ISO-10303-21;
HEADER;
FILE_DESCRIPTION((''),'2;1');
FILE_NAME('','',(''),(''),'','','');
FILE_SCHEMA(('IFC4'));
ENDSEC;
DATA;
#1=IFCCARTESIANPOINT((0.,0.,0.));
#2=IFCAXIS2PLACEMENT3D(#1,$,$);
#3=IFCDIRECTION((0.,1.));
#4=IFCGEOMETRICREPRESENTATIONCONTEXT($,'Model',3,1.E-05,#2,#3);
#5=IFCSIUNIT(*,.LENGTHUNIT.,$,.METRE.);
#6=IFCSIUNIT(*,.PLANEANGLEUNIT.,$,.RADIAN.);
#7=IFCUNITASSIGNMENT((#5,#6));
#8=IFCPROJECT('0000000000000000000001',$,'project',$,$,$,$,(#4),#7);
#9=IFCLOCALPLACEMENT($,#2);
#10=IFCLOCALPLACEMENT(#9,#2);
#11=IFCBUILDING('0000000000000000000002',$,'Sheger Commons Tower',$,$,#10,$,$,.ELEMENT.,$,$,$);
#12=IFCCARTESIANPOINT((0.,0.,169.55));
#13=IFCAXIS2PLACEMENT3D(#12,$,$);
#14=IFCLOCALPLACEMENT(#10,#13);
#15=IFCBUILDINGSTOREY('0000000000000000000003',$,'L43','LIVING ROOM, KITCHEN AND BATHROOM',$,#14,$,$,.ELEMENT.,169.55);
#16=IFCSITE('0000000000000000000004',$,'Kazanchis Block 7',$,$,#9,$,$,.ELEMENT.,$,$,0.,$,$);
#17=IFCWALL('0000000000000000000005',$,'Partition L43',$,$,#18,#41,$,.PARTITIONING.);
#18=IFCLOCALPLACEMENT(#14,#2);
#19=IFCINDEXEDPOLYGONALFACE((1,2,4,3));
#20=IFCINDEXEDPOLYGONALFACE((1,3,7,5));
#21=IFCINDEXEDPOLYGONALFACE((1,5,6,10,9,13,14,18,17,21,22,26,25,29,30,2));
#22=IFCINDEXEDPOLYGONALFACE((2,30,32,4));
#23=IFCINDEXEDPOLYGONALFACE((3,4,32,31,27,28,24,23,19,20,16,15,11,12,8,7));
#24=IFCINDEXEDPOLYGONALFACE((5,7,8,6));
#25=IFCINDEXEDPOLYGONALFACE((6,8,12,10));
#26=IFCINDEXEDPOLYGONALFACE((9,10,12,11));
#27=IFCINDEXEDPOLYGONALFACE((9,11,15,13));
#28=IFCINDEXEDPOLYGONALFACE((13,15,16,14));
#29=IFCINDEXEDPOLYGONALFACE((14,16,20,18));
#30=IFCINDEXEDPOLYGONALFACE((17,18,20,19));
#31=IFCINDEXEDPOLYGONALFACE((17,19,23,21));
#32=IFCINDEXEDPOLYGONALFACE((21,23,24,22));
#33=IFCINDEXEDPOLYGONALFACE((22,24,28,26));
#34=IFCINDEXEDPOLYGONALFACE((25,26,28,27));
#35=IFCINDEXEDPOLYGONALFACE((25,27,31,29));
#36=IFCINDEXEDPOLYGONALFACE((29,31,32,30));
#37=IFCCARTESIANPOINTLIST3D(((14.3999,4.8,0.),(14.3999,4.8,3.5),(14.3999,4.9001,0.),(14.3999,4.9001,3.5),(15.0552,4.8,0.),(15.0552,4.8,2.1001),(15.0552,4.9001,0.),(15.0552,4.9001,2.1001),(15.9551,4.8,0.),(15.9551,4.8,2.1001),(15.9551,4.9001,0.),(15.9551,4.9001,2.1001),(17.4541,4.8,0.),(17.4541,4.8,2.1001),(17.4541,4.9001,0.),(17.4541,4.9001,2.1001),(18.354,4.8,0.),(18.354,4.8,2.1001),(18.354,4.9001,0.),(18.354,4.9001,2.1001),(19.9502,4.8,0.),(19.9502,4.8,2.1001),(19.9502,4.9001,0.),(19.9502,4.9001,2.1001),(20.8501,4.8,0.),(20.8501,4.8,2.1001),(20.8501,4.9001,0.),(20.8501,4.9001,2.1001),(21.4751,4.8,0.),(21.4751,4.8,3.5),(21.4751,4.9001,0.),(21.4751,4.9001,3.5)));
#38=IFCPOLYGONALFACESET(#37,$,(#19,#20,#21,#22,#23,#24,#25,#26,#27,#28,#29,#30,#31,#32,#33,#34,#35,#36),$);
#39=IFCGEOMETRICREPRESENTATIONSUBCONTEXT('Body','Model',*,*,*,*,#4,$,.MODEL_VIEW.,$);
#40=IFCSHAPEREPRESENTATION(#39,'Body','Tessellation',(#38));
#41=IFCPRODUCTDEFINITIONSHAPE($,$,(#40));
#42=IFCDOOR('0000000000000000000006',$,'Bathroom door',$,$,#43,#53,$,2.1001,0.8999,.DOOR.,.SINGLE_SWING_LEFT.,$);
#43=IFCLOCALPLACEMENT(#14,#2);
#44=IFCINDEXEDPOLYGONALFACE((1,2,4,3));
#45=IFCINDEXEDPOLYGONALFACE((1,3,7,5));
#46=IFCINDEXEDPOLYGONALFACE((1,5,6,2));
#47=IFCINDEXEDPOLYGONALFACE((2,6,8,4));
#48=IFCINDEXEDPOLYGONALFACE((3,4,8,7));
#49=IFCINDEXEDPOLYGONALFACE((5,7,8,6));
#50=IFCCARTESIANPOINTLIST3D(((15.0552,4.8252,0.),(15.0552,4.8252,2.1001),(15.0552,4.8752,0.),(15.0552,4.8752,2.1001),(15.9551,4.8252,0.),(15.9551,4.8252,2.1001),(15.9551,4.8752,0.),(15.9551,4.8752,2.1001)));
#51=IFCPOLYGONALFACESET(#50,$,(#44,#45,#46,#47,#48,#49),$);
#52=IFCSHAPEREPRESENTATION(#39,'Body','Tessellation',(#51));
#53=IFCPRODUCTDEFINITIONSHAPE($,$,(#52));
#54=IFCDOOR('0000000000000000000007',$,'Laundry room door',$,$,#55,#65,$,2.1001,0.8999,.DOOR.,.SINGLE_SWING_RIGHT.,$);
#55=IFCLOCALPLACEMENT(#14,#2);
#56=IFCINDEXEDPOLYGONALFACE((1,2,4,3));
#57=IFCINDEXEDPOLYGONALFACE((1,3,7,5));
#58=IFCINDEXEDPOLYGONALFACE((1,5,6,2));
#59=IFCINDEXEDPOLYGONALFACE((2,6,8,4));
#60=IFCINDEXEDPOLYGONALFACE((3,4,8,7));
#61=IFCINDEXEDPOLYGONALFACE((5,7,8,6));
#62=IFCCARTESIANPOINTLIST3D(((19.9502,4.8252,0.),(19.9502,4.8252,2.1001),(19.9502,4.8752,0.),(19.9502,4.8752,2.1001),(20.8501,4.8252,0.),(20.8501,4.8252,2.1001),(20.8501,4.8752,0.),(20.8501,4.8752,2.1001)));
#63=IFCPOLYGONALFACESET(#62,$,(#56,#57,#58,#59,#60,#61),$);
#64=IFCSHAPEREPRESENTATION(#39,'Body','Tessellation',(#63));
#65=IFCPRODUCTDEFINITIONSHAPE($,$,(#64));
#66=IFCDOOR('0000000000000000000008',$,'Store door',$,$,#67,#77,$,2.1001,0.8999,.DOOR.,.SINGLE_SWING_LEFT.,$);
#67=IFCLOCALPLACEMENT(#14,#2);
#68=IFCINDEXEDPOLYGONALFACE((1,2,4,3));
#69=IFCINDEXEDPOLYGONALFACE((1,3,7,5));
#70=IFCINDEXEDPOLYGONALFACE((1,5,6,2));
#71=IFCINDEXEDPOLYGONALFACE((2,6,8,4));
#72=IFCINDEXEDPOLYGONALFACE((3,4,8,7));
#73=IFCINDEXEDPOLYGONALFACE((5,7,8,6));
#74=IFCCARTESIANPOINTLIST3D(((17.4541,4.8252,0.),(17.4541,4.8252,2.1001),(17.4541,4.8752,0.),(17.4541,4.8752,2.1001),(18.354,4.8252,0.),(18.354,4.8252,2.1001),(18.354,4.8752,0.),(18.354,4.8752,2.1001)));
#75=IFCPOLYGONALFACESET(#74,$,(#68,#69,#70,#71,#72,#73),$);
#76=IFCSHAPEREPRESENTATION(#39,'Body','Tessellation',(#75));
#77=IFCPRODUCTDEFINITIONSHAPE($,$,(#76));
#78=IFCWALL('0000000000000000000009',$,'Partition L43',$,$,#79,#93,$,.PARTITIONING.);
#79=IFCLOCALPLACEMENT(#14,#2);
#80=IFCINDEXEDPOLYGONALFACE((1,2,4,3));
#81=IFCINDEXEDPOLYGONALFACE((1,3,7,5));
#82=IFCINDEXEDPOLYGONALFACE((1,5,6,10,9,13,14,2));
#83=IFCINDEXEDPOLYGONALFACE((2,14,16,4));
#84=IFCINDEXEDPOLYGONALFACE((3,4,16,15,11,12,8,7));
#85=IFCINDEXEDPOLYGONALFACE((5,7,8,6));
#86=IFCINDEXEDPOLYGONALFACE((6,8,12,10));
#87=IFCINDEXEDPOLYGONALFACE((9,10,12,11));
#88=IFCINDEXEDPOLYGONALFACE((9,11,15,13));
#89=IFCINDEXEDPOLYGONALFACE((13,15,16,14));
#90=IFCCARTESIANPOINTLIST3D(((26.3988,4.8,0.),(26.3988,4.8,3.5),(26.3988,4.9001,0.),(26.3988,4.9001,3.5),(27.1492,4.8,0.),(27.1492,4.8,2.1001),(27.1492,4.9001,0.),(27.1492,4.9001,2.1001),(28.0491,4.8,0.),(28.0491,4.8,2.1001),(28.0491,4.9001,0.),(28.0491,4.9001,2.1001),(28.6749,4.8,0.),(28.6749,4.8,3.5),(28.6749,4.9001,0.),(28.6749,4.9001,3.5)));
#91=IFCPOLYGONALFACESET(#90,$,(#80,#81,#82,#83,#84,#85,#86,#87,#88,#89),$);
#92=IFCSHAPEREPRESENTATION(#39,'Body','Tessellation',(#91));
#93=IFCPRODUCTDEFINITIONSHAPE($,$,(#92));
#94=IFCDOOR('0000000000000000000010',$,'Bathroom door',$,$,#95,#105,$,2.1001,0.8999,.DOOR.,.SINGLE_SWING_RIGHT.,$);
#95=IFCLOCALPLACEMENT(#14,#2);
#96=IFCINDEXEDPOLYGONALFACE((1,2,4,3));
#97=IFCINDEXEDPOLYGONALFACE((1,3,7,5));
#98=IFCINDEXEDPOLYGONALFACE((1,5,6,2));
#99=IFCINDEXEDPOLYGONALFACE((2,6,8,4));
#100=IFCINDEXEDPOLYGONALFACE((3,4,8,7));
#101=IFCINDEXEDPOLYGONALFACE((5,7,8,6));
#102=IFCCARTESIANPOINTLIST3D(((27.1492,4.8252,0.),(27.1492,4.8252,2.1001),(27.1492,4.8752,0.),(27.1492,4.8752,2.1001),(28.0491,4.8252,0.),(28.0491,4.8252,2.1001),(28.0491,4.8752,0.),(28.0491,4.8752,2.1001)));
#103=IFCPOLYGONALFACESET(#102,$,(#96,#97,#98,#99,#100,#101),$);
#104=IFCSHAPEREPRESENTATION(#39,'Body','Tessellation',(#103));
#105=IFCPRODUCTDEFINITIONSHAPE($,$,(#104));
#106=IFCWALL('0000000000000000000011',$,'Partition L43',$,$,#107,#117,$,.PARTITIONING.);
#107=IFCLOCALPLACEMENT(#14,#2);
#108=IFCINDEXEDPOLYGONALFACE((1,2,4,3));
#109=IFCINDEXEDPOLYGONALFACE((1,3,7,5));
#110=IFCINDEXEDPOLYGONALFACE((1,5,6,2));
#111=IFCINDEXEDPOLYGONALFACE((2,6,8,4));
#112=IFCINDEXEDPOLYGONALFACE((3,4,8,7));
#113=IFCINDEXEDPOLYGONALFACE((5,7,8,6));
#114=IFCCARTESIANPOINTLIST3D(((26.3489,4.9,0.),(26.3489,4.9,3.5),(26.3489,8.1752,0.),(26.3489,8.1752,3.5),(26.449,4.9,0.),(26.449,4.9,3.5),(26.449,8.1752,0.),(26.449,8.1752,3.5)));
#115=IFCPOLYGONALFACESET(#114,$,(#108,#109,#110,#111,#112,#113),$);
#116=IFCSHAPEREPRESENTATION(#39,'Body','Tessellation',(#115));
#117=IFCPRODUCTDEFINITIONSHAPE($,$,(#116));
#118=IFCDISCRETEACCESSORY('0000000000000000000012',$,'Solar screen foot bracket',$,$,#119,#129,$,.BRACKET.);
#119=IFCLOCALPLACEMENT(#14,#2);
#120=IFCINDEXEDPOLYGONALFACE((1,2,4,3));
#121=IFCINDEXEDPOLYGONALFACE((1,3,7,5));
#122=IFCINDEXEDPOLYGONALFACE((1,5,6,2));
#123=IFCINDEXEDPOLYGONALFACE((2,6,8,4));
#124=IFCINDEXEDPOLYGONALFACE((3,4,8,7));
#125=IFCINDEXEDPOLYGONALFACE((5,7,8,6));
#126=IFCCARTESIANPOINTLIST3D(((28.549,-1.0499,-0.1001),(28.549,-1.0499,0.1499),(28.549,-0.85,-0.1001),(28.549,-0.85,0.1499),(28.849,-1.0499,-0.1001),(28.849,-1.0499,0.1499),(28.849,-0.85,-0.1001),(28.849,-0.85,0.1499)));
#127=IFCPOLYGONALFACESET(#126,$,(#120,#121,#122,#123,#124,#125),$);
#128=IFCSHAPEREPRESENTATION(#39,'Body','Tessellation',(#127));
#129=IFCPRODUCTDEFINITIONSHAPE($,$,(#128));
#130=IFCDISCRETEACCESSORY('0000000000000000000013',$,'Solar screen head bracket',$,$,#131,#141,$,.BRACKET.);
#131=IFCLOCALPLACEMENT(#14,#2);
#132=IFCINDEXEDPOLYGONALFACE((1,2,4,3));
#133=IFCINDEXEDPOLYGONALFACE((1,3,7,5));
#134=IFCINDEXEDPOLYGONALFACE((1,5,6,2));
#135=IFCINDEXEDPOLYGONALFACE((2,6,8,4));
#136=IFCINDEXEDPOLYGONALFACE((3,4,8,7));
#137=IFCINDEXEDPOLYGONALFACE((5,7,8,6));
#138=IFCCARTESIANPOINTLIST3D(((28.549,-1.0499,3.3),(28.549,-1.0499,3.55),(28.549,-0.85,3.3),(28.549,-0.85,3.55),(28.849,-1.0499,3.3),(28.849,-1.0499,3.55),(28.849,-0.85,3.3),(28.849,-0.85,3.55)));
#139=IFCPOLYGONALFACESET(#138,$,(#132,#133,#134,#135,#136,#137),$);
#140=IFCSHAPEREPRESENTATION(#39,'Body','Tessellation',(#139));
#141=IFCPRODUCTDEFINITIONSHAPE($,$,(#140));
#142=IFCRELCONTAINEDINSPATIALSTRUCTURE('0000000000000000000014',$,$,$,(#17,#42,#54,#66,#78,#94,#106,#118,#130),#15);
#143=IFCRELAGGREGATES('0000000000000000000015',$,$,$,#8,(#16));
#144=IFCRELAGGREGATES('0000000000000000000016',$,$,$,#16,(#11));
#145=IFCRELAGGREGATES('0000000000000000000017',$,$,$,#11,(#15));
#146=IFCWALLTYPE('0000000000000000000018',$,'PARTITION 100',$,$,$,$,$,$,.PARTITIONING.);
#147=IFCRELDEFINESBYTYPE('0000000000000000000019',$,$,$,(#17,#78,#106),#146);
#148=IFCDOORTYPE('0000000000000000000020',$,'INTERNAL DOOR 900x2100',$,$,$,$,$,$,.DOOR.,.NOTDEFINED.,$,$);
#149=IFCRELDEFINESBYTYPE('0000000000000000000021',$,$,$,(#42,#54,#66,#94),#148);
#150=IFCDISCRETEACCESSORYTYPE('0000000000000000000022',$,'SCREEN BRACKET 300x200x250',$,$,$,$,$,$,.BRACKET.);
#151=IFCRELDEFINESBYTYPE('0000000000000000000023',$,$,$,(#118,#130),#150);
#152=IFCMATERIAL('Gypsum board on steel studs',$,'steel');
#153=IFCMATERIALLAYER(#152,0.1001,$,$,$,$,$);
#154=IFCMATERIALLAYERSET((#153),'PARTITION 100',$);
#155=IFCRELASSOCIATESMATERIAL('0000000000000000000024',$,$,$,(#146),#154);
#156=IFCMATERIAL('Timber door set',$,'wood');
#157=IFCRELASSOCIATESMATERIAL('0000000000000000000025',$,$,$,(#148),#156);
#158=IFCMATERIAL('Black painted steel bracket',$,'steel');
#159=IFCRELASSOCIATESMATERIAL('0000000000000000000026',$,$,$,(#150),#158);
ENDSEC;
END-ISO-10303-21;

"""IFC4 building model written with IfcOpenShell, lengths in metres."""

from ifc_helpers import new_model, si_unit, direction, frame, frame_2d, origin, origin_2d, place, context, subcontext, project, spatial, rectangle, extrude, material, layer, layer_set, type_object, element, fill, save


model = new_model("IFC4")

# Units and contexts
model_context = context("Model", 3, precision=1e-05, world=origin(), true_north=direction((0.0, 1.0)))
body_context = subcontext(model_context, "Body", "Model", "MODEL_VIEW")
ifc_project = project(units=[si_unit("LENGTHUNIT", "METRE"), si_unit("PLANEANGLEUNIT", "RADIAN")], contexts=[model_context])

# Site, building, storey
site_placement = place(None, origin())
site = spatial("IfcSite", under=ifc_project, at=site_placement, Name="Kazanchis Block 7", CompositionType="ELEMENT", RefElevation=0.0)
building_placement = place(site_placement, origin())
building = spatial("IfcBuilding", under=site, at=building_placement, Name="Sheger Commons Tower", CompositionType="ELEMENT")
storey_placement = place(building_placement, frame((0.0, 0.0, 169.55)))
storey = spatial("IfcBuildingStorey", under=building, at=storey_placement, Name="L43", Description="LIVING ROOM, KITCHEN AND BATHROOM", CompositionType="ELEMENT", Elevation=169.55)

# Wall, openings, doors
ifc_material_1 = material(Name="Gypsum board on steel studs", Category="steel")
ifc_layer_1 = layer(ifc_material_1, 0.1001)
ifc_layer_set_1 = layer_set([ifc_layer_1], Name="PARTITION 100")
wall_type_1 = type_object("IfcWallType", Name="PARTITION 100", PredefinedType="PARTITIONING", material=ifc_layer_set_1)
ifc_material_2 = material(Name="Timber door set", Category="wood")
door_type = type_object("IfcDoorType", Name="INTERNAL DOOR 900x2100", OperationType="NOTDEFINED", PredefinedType="DOOR", material=ifc_material_2)
wall_1_placement = place(storey_placement, frame((21.4751, 4.8501, 0.0), z_axis=(0.0, 0.0, 1.0), x_axis=(-1.0, 0.0, 0.0)))
wall_1 = element("IfcWall", 1, at=wall_1_placement, inside=storey, type_object=wall_type_1, Name="Partition L43", PredefinedType="PARTITIONING", context=body_context, shape_type="SweptSolid", body=[
    extrude(rectangle(XDim=7.0752, YDim=0.1001, at=frame_2d((3.5376, 0.0))), origin(), (0.0, 0.0, 1.0), 3.5),
])
opening_1_placement = place(wall_1_placement, frame((5.52, 0.0, 0.0)))
opening_1 = element("IfcOpeningElement", 2, at=opening_1_placement, cuts=wall_1, PredefinedType="OPENING", context=body_context, shape_type="SweptSolid", body=[
    extrude(rectangle(XDim=0.8999, YDim=2.1001, at=frame_2d((0.45, 1.05))), frame((0.0, 0.0601, 0.0), z_axis=(0.0, -1.0, 0.0), x_axis=(1.0, 0.0, 0.0)), (0.0, 0.0, 1.0), 0.1201),
])
opening_2_placement = place(wall_1_placement, frame((0.625, 0.0, 0.0)))
opening_2 = element("IfcOpeningElement", 3, at=opening_2_placement, cuts=wall_1, PredefinedType="OPENING", context=body_context, shape_type="SweptSolid", body=[
    extrude(rectangle(XDim=0.8999, YDim=2.1001, at=frame_2d((0.45, 1.05))), frame((0.0, 0.0601, 0.0), z_axis=(0.0, -1.0, 0.0), x_axis=(1.0, 0.0, 0.0)), (0.0, 0.0, 1.0), 0.1201),
])
opening_3_placement = place(wall_1_placement, frame((3.1211, 0.0, 0.0)))
opening_3 = element("IfcOpeningElement", 4, at=opening_3_placement, cuts=wall_1, PredefinedType="OPENING", context=body_context, shape_type="SweptSolid", body=[
    extrude(rectangle(XDim=0.8999, YDim=2.1001, at=frame_2d((0.45, 1.05))), frame((0.0, 0.0601, 0.0), z_axis=(0.0, -1.0, 0.0), x_axis=(1.0, 0.0, 0.0)), (0.0, 0.0, 1.0), 0.1201),
])
door_1_placement = place(opening_1_placement, origin())
door_1 = element("IfcDoor", 5, at=door_1_placement, inside=storey, type_object=door_type, Name="Bathroom door", OperationType="SINGLE_SWING_LEFT", OverallHeight=2.1001, OverallWidth=0.8999, PredefinedType="DOOR", context=body_context, shape_type="SweptSolid", body=[
    extrude(rectangle(XDim=0.8999, YDim=2.1001, at=frame_2d((0.45, 1.05))), frame((0.0, 0.0249, 0.0), z_axis=(0.0, -1.0, 0.0), x_axis=(1.0, 0.0, 0.0)), (0.0, 0.0, 1.0), 0.05),
])
fill(opening_1, door_1)
door_2_placement = place(opening_2_placement, origin())
door_2 = element("IfcDoor", 6, at=door_2_placement, inside=storey, type_object=door_type, Name="Laundry room door", OperationType="SINGLE_SWING_RIGHT", OverallHeight=2.1001, OverallWidth=0.8999, PredefinedType="DOOR", context=body_context, shape_type="SweptSolid", body=[
    extrude(rectangle(XDim=0.8999, YDim=2.1001, at=frame_2d((0.45, 1.05))), frame((0.0, 0.0249, 0.0), z_axis=(0.0, -1.0, 0.0), x_axis=(1.0, 0.0, 0.0)), (0.0, 0.0, 1.0), 0.05),
])
fill(opening_2, door_2)
door_3_placement = place(opening_3_placement, origin())
door_3 = element("IfcDoor", 7, at=door_3_placement, inside=storey, type_object=door_type, Name="Store door", OperationType="SINGLE_SWING_LEFT", OverallHeight=2.1001, OverallWidth=0.8999, PredefinedType="DOOR", context=body_context, shape_type="SweptSolid", body=[
    extrude(rectangle(XDim=0.8999, YDim=2.1001, at=frame_2d((0.45, 1.05))), frame((0.0, 0.0249, 0.0), z_axis=(0.0, -1.0, 0.0), x_axis=(1.0, 0.0, 0.0)), (0.0, 0.0, 1.0), 0.05),
])
fill(opening_3, door_3)

# Wall, opening, door
wall_2_placement = place(storey_placement, frame((28.675, 4.8501, 0.0), z_axis=(0.0, 0.0, 1.0), x_axis=(-1.0, 0.0, 0.0)))
wall_2 = element("IfcWall", 8, at=wall_2_placement, inside=storey, type_object=wall_type_1, Name="Partition L43", PredefinedType="PARTITIONING", context=body_context, shape_type="SweptSolid", body=[
    extrude(rectangle(XDim=2.2761, YDim=0.1001, at=frame_2d((1.1382, 0.0))), origin(), (0.0, 0.0, 1.0), 3.5),
])
opening_4_placement = place(wall_2_placement, frame((0.626, 0.0, 0.0)))
opening_4 = element("IfcOpeningElement", 9, at=opening_4_placement, cuts=wall_2, PredefinedType="OPENING", context=body_context, shape_type="SweptSolid", body=[
    extrude(rectangle(XDim=0.8999, YDim=2.1001, at=frame_2d((0.45, 1.05))), frame((0.0, 0.0601, 0.0), z_axis=(0.0, -1.0, 0.0), x_axis=(1.0, 0.0, 0.0)), (0.0, 0.0, 1.0), 0.1201),
])
door_4_placement = place(opening_4_placement, origin())
door_4 = element("IfcDoor", 10, at=door_4_placement, inside=storey, type_object=door_type, Name="Bathroom door", OperationType="SINGLE_SWING_RIGHT", OverallHeight=2.1001, OverallWidth=0.8999, PredefinedType="DOOR", context=body_context, shape_type="SweptSolid", body=[
    extrude(rectangle(XDim=0.8999, YDim=2.1001, at=frame_2d((0.45, 1.05))), frame((0.0, 0.0249, 0.0), z_axis=(0.0, -1.0, 0.0), x_axis=(1.0, 0.0, 0.0)), (0.0, 0.0, 1.0), 0.05),
])
fill(opening_4, door_4)

# Wall
wall_3_placement = place(storey_placement, frame((26.3989, 4.8999, 0.0), z_axis=(0.0, 0.0, 1.0), x_axis=(0.0, 1.0, 0.0)))
element("IfcWall", 11, at=wall_3_placement, inside=storey, type_object=wall_type_1, Name="Partition L43", PredefinedType="PARTITIONING", context=body_context, shape_type="SweptSolid", body=[
    extrude(rectangle(XDim=3.2751, YDim=0.1001, at=frame_2d((1.6377, 0.0))), origin(), (0.0, 0.0, 1.0), 3.5),
])

# Discrete accessories
ifc_material_3 = material(Name="Black painted steel bracket", Category="steel")
discrete_accessory_type = type_object("IfcDiscreteAccessoryType", Name="SCREEN BRACKET 300x200x250", PredefinedType="BRACKET", material=ifc_material_3)
for number, where, z_axis, x_axis, name in (
    (12, (28.699, -0.95, -0.1001), (0.0, 0.0, 1.0), (1.0, 0.0, 0.0), "Solar screen foot bracket"),
    (13, (28.699, -0.95, 3.3), (0.0, 0.0, 1.0), (1.0, 0.0, 0.0), "Solar screen head bracket"),
):
    element("IfcDiscreteAccessory", number, at=place(storey_placement, frame(where, z_axis=z_axis, x_axis=x_axis)), inside=storey, type_object=discrete_accessory_type, Name=name, PredefinedType="BRACKET", context=body_context, shape_type="SweptSolid", body=[
        extrude(rectangle(XDim=0.3, YDim=0.2, at=origin_2d()), origin(), (0.0, 0.0, 1.0), 0.25),
    ])

save(model, "model.ifc")
